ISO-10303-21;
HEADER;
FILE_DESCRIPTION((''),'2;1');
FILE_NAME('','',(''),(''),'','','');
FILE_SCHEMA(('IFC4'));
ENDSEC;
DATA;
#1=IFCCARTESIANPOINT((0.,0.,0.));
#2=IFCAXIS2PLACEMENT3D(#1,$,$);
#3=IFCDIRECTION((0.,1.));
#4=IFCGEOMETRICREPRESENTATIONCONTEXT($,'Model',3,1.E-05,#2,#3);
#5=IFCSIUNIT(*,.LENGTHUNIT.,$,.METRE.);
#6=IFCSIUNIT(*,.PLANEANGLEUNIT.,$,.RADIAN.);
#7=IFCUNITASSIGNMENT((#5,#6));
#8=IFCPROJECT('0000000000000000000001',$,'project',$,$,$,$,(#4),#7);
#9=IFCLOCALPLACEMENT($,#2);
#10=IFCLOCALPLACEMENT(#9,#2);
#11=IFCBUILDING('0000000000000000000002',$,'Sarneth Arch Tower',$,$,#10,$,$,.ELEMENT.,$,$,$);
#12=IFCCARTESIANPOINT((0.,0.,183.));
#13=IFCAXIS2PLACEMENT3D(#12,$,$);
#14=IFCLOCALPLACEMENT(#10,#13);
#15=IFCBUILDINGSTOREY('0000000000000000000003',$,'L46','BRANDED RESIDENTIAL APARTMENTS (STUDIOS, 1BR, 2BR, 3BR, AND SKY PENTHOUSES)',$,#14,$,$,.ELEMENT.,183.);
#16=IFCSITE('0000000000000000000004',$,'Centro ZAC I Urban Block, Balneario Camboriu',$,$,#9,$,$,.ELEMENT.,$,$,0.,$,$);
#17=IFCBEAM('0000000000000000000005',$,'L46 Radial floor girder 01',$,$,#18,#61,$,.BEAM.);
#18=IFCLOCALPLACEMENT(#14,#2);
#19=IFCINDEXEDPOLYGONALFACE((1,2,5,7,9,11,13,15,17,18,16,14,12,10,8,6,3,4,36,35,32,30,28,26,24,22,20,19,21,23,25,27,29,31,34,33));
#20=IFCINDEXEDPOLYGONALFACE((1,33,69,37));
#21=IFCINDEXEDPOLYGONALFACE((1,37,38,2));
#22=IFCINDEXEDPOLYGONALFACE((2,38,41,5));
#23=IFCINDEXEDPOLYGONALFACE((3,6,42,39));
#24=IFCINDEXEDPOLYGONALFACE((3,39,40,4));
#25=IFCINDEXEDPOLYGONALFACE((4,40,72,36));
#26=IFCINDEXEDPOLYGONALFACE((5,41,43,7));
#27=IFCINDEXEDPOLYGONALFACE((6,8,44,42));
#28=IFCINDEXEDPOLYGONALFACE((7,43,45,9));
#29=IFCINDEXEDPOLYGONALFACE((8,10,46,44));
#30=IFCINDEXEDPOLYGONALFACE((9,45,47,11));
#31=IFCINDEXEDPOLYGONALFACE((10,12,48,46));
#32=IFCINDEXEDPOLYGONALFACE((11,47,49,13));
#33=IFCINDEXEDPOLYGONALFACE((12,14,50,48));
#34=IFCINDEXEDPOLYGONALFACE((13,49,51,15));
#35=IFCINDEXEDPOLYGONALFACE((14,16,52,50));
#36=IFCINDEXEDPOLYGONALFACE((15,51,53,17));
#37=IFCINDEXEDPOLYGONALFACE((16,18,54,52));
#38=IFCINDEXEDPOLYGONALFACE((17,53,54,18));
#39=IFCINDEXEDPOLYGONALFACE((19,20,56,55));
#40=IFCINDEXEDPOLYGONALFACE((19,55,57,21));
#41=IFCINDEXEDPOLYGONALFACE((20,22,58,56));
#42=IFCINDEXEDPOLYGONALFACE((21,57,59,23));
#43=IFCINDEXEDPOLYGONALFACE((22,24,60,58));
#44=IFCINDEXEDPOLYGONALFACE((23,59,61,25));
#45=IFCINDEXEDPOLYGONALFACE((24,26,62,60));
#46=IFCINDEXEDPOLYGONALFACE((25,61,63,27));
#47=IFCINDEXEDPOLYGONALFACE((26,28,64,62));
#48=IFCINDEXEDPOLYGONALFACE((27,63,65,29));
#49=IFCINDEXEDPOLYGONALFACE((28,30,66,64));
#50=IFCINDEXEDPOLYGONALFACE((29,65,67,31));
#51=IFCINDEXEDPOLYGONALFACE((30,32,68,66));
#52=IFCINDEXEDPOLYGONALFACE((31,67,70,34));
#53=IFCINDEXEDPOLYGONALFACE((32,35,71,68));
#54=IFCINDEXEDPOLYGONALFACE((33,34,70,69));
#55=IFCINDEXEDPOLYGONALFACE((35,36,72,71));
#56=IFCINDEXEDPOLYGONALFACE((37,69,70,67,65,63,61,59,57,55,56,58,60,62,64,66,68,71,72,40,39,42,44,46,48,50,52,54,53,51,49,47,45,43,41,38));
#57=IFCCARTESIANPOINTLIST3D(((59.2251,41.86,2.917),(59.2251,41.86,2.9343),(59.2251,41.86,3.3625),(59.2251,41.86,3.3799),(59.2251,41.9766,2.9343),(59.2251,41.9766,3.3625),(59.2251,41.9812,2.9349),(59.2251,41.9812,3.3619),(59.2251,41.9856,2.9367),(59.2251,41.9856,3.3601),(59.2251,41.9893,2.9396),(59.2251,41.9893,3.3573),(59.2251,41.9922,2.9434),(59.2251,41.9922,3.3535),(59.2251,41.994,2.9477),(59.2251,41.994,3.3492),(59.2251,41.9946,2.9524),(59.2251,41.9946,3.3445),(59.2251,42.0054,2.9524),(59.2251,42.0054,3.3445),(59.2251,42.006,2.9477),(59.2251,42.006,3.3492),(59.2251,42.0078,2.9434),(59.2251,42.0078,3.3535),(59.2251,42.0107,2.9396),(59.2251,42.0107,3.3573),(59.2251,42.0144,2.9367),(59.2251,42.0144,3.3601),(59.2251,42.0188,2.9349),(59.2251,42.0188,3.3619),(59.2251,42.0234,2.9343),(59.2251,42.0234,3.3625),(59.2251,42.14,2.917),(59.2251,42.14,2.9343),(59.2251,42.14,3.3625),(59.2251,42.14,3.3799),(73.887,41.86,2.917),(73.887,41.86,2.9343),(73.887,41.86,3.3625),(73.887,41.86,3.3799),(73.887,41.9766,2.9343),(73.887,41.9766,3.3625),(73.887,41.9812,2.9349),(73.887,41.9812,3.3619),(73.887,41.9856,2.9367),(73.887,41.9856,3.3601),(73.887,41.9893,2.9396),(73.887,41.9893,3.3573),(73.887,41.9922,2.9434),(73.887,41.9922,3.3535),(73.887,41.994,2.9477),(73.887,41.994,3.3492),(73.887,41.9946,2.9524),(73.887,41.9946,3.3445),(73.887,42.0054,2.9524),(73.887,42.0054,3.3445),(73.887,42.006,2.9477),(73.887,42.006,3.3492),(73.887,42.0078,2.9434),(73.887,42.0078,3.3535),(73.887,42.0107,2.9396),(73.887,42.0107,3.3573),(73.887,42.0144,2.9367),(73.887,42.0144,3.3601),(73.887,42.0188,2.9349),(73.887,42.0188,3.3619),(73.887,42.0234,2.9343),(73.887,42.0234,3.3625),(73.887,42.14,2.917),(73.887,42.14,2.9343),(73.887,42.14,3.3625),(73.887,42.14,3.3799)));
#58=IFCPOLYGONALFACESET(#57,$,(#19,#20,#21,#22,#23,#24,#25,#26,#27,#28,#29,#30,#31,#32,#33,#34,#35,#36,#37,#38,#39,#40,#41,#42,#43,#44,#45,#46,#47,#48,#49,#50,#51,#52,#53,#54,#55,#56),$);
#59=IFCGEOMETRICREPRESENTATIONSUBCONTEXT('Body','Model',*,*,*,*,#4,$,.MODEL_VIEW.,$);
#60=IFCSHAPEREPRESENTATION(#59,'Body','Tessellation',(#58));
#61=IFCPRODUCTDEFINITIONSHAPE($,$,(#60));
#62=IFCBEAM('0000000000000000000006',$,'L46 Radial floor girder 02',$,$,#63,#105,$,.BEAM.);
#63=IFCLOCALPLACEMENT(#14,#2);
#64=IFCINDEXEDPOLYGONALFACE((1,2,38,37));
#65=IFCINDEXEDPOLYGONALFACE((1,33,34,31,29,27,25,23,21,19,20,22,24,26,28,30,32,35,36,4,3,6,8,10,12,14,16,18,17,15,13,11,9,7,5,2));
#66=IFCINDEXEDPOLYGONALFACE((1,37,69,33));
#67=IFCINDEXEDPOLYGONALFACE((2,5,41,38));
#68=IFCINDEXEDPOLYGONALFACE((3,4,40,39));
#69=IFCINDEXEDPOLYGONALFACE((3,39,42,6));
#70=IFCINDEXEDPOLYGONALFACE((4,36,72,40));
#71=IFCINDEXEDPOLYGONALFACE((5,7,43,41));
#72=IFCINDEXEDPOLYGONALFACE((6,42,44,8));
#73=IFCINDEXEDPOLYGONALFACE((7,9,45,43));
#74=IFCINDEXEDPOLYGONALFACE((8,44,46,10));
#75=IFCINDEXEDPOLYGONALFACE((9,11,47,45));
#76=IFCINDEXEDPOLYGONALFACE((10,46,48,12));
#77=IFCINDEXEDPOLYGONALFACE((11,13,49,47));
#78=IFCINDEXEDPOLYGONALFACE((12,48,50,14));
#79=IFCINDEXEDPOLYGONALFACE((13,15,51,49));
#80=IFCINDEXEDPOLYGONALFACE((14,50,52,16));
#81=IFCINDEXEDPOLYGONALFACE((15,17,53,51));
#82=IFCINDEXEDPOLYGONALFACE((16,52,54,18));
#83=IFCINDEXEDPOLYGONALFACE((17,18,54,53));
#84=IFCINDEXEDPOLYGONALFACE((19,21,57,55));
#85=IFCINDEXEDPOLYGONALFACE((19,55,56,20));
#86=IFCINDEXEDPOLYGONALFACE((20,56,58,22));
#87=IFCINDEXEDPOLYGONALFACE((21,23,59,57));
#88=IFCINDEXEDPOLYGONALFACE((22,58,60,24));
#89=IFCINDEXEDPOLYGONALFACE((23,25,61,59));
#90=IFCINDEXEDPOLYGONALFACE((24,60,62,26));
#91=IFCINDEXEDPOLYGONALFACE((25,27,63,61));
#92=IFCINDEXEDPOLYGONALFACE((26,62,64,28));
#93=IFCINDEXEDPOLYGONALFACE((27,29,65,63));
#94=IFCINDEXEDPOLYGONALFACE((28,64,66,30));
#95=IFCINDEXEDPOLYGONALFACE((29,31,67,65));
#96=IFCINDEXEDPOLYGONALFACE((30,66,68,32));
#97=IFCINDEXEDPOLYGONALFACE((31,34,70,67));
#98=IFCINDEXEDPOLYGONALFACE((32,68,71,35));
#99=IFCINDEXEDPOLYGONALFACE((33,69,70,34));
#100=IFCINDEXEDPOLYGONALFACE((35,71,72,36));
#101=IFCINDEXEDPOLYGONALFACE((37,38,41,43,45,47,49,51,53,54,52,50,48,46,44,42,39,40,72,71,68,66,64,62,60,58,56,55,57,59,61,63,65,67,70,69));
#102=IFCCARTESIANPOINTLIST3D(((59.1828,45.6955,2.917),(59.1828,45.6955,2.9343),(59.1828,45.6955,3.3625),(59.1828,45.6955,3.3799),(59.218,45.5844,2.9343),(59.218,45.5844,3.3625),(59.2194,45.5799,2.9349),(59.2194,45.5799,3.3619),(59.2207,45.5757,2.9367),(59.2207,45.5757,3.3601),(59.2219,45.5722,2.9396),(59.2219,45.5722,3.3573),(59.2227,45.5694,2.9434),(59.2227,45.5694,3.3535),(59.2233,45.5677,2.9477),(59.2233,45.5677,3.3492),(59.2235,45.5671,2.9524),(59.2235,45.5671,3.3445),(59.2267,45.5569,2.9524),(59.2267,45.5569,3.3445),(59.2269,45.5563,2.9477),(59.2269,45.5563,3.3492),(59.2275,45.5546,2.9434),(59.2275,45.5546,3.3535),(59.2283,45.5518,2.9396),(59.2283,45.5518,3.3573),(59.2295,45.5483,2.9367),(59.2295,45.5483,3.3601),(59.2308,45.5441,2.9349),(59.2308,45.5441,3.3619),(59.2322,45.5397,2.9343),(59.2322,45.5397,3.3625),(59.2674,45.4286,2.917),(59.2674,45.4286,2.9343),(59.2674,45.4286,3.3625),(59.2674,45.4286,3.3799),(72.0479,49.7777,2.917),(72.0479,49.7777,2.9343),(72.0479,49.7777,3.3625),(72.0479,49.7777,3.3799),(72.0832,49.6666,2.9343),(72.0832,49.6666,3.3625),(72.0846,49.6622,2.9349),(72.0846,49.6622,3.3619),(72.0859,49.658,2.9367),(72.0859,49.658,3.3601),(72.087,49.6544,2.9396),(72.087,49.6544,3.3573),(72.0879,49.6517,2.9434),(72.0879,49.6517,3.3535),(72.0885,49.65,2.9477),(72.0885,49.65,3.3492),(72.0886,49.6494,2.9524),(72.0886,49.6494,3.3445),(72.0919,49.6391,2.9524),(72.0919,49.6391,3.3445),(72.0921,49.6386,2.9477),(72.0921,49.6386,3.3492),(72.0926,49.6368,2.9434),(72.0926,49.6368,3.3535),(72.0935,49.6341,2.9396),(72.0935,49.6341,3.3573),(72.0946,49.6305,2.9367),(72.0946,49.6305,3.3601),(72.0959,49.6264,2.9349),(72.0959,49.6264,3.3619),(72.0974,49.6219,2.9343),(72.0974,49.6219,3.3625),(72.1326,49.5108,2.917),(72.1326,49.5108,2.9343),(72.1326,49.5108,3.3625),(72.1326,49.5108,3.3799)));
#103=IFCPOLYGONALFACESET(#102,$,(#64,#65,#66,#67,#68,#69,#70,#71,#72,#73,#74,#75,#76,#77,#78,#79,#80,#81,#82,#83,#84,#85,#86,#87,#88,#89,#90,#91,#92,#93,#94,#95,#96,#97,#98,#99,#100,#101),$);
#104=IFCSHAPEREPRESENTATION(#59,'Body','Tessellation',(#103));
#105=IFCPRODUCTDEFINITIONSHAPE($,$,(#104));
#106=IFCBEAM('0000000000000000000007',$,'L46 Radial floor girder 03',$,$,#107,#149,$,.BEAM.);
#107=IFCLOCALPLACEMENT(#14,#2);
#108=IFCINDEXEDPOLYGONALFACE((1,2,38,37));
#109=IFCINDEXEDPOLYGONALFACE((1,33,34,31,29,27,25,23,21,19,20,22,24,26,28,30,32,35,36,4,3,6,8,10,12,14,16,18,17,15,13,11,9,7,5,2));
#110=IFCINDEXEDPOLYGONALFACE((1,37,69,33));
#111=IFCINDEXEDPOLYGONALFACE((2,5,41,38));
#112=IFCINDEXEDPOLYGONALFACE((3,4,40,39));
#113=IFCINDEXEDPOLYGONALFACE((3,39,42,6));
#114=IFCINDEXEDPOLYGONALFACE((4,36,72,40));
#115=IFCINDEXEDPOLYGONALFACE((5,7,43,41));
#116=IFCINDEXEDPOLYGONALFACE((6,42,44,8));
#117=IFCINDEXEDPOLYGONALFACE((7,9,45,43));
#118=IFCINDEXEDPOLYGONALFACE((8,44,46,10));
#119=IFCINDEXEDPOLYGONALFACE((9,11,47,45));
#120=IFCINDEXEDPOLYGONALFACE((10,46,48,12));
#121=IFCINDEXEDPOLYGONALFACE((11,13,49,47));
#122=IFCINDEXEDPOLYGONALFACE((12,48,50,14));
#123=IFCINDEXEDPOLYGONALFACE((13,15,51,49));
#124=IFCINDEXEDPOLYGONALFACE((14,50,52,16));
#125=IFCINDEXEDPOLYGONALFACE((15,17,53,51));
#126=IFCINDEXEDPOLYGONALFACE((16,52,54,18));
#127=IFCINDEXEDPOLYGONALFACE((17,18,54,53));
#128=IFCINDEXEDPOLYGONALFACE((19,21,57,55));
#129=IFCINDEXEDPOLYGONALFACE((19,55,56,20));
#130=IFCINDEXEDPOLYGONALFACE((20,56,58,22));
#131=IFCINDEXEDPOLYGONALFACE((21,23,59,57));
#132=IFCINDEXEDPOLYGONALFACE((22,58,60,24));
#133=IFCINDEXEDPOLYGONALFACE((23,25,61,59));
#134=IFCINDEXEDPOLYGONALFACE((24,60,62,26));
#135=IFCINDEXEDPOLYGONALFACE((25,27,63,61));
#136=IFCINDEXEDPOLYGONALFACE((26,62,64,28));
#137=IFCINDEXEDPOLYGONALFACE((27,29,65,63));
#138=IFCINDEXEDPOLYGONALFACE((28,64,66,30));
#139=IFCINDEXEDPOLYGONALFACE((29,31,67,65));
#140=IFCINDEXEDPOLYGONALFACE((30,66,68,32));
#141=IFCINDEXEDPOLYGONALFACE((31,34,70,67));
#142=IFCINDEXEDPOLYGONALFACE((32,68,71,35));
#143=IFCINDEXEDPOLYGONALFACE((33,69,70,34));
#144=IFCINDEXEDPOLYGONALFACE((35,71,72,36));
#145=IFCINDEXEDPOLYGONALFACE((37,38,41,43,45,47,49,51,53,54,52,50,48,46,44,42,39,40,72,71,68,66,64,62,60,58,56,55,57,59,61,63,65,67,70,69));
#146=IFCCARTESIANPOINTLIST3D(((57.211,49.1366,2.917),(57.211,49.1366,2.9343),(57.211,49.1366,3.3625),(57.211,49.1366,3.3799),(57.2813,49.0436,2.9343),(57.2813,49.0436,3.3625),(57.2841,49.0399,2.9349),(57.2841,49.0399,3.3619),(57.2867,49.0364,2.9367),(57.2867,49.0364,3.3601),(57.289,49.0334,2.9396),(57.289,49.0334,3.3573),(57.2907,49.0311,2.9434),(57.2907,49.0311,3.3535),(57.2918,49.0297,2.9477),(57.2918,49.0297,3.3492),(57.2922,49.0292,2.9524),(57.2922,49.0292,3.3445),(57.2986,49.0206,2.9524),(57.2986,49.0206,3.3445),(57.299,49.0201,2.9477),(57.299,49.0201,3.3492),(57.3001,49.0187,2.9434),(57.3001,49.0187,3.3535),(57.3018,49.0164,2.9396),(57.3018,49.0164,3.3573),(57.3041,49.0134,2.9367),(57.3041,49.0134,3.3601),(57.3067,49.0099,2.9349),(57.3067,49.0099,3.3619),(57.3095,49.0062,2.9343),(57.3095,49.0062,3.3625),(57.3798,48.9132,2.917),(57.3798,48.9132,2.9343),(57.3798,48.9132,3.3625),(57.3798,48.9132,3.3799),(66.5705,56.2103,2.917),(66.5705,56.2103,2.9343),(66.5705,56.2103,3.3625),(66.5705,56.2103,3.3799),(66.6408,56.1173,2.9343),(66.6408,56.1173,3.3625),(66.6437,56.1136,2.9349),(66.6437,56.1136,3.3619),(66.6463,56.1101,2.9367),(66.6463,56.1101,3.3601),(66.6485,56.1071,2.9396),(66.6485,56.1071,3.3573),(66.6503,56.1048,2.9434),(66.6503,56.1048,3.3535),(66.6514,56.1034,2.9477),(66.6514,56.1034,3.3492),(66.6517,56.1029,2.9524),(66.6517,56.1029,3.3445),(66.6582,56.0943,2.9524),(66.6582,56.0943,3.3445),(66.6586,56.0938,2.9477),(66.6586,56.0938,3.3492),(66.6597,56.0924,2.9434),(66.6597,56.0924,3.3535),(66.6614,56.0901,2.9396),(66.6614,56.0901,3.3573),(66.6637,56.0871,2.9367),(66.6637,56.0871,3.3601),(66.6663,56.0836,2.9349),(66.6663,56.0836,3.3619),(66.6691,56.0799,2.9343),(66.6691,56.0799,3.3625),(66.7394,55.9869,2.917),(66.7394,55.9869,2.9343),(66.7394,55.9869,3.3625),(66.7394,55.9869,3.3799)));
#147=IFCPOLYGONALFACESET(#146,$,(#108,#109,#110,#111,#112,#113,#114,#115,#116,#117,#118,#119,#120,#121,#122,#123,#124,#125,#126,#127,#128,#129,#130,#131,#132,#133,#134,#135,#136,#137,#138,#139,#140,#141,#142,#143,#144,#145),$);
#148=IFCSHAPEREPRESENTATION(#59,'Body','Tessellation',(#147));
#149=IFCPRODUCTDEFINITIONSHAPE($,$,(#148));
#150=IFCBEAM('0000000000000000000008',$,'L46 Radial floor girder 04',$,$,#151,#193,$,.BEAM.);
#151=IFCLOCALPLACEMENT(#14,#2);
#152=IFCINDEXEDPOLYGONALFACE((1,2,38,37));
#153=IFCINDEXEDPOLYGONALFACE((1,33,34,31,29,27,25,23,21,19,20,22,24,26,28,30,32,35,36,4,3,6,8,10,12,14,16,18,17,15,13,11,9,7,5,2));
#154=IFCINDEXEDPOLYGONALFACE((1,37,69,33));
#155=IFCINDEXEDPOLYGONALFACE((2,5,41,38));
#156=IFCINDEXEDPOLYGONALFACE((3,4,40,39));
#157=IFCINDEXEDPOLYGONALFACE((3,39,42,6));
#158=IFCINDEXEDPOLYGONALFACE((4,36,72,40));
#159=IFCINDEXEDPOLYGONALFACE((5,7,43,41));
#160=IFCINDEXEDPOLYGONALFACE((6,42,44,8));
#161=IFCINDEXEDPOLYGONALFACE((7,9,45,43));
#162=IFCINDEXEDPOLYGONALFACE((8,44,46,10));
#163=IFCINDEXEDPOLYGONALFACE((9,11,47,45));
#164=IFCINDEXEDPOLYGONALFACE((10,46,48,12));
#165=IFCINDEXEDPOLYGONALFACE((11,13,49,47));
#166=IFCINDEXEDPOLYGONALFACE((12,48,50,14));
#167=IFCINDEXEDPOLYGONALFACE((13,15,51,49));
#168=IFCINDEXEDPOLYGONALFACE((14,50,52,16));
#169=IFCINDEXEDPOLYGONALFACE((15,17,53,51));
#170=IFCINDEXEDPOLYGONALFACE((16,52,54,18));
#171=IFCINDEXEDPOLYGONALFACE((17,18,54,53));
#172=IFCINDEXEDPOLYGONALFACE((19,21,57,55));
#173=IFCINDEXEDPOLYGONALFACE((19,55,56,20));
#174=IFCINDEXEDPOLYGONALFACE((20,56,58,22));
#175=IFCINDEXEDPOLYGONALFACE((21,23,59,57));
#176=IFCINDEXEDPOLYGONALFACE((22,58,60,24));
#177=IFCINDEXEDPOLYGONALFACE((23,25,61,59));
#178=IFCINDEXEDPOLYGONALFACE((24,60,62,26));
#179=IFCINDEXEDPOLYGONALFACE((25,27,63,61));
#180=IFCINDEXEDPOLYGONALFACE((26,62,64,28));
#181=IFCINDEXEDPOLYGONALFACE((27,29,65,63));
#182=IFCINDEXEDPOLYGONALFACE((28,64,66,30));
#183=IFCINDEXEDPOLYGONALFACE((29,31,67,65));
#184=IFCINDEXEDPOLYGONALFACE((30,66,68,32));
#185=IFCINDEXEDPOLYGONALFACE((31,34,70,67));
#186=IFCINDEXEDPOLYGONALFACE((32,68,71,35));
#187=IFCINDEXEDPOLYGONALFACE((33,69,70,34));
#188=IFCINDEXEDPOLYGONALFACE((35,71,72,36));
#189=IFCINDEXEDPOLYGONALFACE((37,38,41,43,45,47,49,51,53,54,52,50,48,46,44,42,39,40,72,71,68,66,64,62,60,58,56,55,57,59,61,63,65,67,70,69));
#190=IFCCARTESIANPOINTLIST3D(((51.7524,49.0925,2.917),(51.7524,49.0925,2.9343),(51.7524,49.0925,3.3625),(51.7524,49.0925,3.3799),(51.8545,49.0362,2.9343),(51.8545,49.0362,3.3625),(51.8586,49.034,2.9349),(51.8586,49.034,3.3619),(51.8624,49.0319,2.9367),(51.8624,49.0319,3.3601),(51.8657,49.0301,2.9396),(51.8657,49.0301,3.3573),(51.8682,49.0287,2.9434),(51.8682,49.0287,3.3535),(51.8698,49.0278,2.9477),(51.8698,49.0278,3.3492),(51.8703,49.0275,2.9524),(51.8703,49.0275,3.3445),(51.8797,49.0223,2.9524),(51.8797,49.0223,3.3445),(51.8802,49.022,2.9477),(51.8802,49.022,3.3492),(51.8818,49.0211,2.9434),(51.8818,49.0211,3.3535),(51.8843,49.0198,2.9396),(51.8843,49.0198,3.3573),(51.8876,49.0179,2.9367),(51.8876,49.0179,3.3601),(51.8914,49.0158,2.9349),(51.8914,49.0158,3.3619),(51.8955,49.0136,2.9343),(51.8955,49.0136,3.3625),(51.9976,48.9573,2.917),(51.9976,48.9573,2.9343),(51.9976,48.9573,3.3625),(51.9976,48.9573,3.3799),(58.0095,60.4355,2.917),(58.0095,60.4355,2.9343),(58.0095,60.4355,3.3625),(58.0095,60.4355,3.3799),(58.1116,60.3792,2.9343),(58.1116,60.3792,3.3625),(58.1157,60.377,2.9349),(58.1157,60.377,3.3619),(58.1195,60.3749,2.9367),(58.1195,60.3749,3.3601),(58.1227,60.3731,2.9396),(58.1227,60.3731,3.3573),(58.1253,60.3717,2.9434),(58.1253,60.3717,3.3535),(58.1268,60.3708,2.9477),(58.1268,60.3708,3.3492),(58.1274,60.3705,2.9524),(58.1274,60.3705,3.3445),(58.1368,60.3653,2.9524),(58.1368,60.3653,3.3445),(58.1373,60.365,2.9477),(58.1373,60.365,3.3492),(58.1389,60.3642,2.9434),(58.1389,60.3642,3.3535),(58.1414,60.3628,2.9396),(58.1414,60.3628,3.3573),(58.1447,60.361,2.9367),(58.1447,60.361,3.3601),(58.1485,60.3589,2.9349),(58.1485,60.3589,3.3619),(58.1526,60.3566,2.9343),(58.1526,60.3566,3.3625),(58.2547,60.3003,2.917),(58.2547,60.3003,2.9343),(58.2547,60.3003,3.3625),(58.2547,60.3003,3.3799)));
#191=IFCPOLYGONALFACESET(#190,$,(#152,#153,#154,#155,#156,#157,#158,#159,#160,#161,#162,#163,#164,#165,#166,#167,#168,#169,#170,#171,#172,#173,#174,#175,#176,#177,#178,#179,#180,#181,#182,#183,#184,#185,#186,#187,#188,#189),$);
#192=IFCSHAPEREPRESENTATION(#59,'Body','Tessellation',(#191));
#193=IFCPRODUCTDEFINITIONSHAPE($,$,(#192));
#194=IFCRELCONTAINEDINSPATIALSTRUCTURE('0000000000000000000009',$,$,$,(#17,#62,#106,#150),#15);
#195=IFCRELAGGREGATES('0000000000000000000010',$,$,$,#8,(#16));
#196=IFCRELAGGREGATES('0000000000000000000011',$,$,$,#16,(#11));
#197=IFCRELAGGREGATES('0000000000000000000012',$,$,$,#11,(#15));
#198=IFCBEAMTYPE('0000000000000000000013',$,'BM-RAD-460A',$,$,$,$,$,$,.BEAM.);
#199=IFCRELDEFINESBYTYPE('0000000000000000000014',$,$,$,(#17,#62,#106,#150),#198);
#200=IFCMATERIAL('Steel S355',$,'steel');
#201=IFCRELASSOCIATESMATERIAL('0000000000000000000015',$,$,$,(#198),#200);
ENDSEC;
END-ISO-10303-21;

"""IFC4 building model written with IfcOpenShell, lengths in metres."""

from ifc_helpers import new_model, si_unit, direction, frame, origin, origin_2d, place, context, subcontext, project, spatial, i_section, extrude, material, material_profile, profile_set, type_object, element, save


model = new_model("IFC4")

# Units and contexts
model_context = context("Model", 3, precision=1e-05, world=origin(), true_north=direction((0.0, 1.0)))
body_context = subcontext(model_context, "Body", "Model", "MODEL_VIEW")
ifc_project = project(units=[si_unit("LENGTHUNIT", "METRE"), si_unit("PLANEANGLEUNIT", "RADIAN")], contexts=[model_context])

# Site, building, storey
site_placement = place(None, origin())
site = spatial("IfcSite", under=ifc_project, at=site_placement, Name="Centro ZAC I Urban Block, Balneario Camboriu", CompositionType="ELEMENT", RefElevation=0.0)
building_placement = place(site_placement, origin())
building = spatial("IfcBuilding", under=site, at=building_placement, Name="Sarneth Arch Tower", CompositionType="ELEMENT")
storey_placement = place(building_placement, frame((0.0, 0.0, 183.0)))
storey = spatial("IfcBuildingStorey", under=building, at=storey_placement, Name="L46", Description="BRANDED RESIDENTIAL APARTMENTS (STUDIOS, 1BR, 2BR, 3BR, AND SKY PENTHOUSES)", CompositionType="ELEMENT", Elevation=183.0)

# Beams
ifc_material_1 = material(Name="Steel S355", Category="steel")
ifc_material_profile_1 = material_profile(ifc_material_1, i_section(OverallWidth=0.28, OverallDepth=0.4629, WebThickness=0.0107, FlangeThickness=0.0173, FilletRadius=0.0181, at=origin_2d()), Name="W460x113")
ifc_profile_set_1 = profile_set([ifc_material_profile_1], Name="Steel S355")
beam_type_1 = type_object("IfcBeamType", Name="BM-RAD-460A", PredefinedType="BEAM", material=ifc_profile_set_1)
beam_1_placement = place(storey_placement, frame((59.2251, 42.0, 3.1484), z_axis=(1.0, 0.0, 0.0), x_axis=(0.0, 1.0, 0.0)))
element("IfcBeam", 1, at=beam_1_placement, inside=storey, type_object=beam_type_1, Name="L46 Radial floor girder 01", PredefinedType="BEAM", context=body_context, shape_type="SweptSolid", body=[
    extrude(i_section(OverallWidth=0.28, OverallDepth=0.4629, WebThickness=0.0107, FlangeThickness=0.0173, FilletRadius=0.0181, at=origin_2d()), origin(), (0.0, 0.0, 1.0), 14.6619),
])
beam_2_placement = place(storey_placement, frame((59.2251, 45.562, 3.1484), z_axis=(0.953165, 0.302449, 0.0), x_axis=(-0.302449, 0.953165, 0.0)))
element("IfcBeam", 2, at=beam_2_placement, inside=storey, type_object=beam_type_1, Name="L46 Radial floor girder 02", PredefinedType="BEAM", context=body_context, shape_type="SweptSolid", body=[
    extrude(i_section(OverallWidth=0.28, OverallDepth=0.4629, WebThickness=0.0107, FlangeThickness=0.0173, FilletRadius=0.0181, at=origin_2d()), origin(), (0.0, 0.0, 1.0), 13.4973),
])
beam_3_placement = place(storey_placement, frame((57.2954, 49.0249, 3.1484), z_axis=(0.797785, 0.602943, 0.0), x_axis=(-0.602943, 0.797785, 0.0)))
element("IfcBeam", 3, at=beam_3_placement, inside=storey, type_object=beam_type_1, Name="L46 Radial floor girder 03", PredefinedType="BEAM", context=body_context, shape_type="SweptSolid", body=[
    extrude(i_section(OverallWidth=0.28, OverallDepth=0.4629, WebThickness=0.0107, FlangeThickness=0.0173, FilletRadius=0.0181, at=origin_2d()), origin(), (0.0, 0.0, 1.0), 11.7319),
])
beam_4_placement = place(storey_placement, frame((51.875, 49.0249, 3.1484), z_axis=(0.48301, 0.875615, 0.0), x_axis=(-0.875615, 0.48301, 0.0)))
element("IfcBeam", 4, at=beam_4_placement, inside=storey, type_object=beam_type_1, Name="L46 Radial floor girder 04", PredefinedType="BEAM", context=body_context, shape_type="SweptSolid", body=[
    extrude(i_section(OverallWidth=0.28, OverallDepth=0.4629, WebThickness=0.0107, FlangeThickness=0.0173, FilletRadius=0.0181, at=origin_2d()), origin(), (0.0, 0.0, 1.0), 12.9543),
])

save(model, "model.ifc")
